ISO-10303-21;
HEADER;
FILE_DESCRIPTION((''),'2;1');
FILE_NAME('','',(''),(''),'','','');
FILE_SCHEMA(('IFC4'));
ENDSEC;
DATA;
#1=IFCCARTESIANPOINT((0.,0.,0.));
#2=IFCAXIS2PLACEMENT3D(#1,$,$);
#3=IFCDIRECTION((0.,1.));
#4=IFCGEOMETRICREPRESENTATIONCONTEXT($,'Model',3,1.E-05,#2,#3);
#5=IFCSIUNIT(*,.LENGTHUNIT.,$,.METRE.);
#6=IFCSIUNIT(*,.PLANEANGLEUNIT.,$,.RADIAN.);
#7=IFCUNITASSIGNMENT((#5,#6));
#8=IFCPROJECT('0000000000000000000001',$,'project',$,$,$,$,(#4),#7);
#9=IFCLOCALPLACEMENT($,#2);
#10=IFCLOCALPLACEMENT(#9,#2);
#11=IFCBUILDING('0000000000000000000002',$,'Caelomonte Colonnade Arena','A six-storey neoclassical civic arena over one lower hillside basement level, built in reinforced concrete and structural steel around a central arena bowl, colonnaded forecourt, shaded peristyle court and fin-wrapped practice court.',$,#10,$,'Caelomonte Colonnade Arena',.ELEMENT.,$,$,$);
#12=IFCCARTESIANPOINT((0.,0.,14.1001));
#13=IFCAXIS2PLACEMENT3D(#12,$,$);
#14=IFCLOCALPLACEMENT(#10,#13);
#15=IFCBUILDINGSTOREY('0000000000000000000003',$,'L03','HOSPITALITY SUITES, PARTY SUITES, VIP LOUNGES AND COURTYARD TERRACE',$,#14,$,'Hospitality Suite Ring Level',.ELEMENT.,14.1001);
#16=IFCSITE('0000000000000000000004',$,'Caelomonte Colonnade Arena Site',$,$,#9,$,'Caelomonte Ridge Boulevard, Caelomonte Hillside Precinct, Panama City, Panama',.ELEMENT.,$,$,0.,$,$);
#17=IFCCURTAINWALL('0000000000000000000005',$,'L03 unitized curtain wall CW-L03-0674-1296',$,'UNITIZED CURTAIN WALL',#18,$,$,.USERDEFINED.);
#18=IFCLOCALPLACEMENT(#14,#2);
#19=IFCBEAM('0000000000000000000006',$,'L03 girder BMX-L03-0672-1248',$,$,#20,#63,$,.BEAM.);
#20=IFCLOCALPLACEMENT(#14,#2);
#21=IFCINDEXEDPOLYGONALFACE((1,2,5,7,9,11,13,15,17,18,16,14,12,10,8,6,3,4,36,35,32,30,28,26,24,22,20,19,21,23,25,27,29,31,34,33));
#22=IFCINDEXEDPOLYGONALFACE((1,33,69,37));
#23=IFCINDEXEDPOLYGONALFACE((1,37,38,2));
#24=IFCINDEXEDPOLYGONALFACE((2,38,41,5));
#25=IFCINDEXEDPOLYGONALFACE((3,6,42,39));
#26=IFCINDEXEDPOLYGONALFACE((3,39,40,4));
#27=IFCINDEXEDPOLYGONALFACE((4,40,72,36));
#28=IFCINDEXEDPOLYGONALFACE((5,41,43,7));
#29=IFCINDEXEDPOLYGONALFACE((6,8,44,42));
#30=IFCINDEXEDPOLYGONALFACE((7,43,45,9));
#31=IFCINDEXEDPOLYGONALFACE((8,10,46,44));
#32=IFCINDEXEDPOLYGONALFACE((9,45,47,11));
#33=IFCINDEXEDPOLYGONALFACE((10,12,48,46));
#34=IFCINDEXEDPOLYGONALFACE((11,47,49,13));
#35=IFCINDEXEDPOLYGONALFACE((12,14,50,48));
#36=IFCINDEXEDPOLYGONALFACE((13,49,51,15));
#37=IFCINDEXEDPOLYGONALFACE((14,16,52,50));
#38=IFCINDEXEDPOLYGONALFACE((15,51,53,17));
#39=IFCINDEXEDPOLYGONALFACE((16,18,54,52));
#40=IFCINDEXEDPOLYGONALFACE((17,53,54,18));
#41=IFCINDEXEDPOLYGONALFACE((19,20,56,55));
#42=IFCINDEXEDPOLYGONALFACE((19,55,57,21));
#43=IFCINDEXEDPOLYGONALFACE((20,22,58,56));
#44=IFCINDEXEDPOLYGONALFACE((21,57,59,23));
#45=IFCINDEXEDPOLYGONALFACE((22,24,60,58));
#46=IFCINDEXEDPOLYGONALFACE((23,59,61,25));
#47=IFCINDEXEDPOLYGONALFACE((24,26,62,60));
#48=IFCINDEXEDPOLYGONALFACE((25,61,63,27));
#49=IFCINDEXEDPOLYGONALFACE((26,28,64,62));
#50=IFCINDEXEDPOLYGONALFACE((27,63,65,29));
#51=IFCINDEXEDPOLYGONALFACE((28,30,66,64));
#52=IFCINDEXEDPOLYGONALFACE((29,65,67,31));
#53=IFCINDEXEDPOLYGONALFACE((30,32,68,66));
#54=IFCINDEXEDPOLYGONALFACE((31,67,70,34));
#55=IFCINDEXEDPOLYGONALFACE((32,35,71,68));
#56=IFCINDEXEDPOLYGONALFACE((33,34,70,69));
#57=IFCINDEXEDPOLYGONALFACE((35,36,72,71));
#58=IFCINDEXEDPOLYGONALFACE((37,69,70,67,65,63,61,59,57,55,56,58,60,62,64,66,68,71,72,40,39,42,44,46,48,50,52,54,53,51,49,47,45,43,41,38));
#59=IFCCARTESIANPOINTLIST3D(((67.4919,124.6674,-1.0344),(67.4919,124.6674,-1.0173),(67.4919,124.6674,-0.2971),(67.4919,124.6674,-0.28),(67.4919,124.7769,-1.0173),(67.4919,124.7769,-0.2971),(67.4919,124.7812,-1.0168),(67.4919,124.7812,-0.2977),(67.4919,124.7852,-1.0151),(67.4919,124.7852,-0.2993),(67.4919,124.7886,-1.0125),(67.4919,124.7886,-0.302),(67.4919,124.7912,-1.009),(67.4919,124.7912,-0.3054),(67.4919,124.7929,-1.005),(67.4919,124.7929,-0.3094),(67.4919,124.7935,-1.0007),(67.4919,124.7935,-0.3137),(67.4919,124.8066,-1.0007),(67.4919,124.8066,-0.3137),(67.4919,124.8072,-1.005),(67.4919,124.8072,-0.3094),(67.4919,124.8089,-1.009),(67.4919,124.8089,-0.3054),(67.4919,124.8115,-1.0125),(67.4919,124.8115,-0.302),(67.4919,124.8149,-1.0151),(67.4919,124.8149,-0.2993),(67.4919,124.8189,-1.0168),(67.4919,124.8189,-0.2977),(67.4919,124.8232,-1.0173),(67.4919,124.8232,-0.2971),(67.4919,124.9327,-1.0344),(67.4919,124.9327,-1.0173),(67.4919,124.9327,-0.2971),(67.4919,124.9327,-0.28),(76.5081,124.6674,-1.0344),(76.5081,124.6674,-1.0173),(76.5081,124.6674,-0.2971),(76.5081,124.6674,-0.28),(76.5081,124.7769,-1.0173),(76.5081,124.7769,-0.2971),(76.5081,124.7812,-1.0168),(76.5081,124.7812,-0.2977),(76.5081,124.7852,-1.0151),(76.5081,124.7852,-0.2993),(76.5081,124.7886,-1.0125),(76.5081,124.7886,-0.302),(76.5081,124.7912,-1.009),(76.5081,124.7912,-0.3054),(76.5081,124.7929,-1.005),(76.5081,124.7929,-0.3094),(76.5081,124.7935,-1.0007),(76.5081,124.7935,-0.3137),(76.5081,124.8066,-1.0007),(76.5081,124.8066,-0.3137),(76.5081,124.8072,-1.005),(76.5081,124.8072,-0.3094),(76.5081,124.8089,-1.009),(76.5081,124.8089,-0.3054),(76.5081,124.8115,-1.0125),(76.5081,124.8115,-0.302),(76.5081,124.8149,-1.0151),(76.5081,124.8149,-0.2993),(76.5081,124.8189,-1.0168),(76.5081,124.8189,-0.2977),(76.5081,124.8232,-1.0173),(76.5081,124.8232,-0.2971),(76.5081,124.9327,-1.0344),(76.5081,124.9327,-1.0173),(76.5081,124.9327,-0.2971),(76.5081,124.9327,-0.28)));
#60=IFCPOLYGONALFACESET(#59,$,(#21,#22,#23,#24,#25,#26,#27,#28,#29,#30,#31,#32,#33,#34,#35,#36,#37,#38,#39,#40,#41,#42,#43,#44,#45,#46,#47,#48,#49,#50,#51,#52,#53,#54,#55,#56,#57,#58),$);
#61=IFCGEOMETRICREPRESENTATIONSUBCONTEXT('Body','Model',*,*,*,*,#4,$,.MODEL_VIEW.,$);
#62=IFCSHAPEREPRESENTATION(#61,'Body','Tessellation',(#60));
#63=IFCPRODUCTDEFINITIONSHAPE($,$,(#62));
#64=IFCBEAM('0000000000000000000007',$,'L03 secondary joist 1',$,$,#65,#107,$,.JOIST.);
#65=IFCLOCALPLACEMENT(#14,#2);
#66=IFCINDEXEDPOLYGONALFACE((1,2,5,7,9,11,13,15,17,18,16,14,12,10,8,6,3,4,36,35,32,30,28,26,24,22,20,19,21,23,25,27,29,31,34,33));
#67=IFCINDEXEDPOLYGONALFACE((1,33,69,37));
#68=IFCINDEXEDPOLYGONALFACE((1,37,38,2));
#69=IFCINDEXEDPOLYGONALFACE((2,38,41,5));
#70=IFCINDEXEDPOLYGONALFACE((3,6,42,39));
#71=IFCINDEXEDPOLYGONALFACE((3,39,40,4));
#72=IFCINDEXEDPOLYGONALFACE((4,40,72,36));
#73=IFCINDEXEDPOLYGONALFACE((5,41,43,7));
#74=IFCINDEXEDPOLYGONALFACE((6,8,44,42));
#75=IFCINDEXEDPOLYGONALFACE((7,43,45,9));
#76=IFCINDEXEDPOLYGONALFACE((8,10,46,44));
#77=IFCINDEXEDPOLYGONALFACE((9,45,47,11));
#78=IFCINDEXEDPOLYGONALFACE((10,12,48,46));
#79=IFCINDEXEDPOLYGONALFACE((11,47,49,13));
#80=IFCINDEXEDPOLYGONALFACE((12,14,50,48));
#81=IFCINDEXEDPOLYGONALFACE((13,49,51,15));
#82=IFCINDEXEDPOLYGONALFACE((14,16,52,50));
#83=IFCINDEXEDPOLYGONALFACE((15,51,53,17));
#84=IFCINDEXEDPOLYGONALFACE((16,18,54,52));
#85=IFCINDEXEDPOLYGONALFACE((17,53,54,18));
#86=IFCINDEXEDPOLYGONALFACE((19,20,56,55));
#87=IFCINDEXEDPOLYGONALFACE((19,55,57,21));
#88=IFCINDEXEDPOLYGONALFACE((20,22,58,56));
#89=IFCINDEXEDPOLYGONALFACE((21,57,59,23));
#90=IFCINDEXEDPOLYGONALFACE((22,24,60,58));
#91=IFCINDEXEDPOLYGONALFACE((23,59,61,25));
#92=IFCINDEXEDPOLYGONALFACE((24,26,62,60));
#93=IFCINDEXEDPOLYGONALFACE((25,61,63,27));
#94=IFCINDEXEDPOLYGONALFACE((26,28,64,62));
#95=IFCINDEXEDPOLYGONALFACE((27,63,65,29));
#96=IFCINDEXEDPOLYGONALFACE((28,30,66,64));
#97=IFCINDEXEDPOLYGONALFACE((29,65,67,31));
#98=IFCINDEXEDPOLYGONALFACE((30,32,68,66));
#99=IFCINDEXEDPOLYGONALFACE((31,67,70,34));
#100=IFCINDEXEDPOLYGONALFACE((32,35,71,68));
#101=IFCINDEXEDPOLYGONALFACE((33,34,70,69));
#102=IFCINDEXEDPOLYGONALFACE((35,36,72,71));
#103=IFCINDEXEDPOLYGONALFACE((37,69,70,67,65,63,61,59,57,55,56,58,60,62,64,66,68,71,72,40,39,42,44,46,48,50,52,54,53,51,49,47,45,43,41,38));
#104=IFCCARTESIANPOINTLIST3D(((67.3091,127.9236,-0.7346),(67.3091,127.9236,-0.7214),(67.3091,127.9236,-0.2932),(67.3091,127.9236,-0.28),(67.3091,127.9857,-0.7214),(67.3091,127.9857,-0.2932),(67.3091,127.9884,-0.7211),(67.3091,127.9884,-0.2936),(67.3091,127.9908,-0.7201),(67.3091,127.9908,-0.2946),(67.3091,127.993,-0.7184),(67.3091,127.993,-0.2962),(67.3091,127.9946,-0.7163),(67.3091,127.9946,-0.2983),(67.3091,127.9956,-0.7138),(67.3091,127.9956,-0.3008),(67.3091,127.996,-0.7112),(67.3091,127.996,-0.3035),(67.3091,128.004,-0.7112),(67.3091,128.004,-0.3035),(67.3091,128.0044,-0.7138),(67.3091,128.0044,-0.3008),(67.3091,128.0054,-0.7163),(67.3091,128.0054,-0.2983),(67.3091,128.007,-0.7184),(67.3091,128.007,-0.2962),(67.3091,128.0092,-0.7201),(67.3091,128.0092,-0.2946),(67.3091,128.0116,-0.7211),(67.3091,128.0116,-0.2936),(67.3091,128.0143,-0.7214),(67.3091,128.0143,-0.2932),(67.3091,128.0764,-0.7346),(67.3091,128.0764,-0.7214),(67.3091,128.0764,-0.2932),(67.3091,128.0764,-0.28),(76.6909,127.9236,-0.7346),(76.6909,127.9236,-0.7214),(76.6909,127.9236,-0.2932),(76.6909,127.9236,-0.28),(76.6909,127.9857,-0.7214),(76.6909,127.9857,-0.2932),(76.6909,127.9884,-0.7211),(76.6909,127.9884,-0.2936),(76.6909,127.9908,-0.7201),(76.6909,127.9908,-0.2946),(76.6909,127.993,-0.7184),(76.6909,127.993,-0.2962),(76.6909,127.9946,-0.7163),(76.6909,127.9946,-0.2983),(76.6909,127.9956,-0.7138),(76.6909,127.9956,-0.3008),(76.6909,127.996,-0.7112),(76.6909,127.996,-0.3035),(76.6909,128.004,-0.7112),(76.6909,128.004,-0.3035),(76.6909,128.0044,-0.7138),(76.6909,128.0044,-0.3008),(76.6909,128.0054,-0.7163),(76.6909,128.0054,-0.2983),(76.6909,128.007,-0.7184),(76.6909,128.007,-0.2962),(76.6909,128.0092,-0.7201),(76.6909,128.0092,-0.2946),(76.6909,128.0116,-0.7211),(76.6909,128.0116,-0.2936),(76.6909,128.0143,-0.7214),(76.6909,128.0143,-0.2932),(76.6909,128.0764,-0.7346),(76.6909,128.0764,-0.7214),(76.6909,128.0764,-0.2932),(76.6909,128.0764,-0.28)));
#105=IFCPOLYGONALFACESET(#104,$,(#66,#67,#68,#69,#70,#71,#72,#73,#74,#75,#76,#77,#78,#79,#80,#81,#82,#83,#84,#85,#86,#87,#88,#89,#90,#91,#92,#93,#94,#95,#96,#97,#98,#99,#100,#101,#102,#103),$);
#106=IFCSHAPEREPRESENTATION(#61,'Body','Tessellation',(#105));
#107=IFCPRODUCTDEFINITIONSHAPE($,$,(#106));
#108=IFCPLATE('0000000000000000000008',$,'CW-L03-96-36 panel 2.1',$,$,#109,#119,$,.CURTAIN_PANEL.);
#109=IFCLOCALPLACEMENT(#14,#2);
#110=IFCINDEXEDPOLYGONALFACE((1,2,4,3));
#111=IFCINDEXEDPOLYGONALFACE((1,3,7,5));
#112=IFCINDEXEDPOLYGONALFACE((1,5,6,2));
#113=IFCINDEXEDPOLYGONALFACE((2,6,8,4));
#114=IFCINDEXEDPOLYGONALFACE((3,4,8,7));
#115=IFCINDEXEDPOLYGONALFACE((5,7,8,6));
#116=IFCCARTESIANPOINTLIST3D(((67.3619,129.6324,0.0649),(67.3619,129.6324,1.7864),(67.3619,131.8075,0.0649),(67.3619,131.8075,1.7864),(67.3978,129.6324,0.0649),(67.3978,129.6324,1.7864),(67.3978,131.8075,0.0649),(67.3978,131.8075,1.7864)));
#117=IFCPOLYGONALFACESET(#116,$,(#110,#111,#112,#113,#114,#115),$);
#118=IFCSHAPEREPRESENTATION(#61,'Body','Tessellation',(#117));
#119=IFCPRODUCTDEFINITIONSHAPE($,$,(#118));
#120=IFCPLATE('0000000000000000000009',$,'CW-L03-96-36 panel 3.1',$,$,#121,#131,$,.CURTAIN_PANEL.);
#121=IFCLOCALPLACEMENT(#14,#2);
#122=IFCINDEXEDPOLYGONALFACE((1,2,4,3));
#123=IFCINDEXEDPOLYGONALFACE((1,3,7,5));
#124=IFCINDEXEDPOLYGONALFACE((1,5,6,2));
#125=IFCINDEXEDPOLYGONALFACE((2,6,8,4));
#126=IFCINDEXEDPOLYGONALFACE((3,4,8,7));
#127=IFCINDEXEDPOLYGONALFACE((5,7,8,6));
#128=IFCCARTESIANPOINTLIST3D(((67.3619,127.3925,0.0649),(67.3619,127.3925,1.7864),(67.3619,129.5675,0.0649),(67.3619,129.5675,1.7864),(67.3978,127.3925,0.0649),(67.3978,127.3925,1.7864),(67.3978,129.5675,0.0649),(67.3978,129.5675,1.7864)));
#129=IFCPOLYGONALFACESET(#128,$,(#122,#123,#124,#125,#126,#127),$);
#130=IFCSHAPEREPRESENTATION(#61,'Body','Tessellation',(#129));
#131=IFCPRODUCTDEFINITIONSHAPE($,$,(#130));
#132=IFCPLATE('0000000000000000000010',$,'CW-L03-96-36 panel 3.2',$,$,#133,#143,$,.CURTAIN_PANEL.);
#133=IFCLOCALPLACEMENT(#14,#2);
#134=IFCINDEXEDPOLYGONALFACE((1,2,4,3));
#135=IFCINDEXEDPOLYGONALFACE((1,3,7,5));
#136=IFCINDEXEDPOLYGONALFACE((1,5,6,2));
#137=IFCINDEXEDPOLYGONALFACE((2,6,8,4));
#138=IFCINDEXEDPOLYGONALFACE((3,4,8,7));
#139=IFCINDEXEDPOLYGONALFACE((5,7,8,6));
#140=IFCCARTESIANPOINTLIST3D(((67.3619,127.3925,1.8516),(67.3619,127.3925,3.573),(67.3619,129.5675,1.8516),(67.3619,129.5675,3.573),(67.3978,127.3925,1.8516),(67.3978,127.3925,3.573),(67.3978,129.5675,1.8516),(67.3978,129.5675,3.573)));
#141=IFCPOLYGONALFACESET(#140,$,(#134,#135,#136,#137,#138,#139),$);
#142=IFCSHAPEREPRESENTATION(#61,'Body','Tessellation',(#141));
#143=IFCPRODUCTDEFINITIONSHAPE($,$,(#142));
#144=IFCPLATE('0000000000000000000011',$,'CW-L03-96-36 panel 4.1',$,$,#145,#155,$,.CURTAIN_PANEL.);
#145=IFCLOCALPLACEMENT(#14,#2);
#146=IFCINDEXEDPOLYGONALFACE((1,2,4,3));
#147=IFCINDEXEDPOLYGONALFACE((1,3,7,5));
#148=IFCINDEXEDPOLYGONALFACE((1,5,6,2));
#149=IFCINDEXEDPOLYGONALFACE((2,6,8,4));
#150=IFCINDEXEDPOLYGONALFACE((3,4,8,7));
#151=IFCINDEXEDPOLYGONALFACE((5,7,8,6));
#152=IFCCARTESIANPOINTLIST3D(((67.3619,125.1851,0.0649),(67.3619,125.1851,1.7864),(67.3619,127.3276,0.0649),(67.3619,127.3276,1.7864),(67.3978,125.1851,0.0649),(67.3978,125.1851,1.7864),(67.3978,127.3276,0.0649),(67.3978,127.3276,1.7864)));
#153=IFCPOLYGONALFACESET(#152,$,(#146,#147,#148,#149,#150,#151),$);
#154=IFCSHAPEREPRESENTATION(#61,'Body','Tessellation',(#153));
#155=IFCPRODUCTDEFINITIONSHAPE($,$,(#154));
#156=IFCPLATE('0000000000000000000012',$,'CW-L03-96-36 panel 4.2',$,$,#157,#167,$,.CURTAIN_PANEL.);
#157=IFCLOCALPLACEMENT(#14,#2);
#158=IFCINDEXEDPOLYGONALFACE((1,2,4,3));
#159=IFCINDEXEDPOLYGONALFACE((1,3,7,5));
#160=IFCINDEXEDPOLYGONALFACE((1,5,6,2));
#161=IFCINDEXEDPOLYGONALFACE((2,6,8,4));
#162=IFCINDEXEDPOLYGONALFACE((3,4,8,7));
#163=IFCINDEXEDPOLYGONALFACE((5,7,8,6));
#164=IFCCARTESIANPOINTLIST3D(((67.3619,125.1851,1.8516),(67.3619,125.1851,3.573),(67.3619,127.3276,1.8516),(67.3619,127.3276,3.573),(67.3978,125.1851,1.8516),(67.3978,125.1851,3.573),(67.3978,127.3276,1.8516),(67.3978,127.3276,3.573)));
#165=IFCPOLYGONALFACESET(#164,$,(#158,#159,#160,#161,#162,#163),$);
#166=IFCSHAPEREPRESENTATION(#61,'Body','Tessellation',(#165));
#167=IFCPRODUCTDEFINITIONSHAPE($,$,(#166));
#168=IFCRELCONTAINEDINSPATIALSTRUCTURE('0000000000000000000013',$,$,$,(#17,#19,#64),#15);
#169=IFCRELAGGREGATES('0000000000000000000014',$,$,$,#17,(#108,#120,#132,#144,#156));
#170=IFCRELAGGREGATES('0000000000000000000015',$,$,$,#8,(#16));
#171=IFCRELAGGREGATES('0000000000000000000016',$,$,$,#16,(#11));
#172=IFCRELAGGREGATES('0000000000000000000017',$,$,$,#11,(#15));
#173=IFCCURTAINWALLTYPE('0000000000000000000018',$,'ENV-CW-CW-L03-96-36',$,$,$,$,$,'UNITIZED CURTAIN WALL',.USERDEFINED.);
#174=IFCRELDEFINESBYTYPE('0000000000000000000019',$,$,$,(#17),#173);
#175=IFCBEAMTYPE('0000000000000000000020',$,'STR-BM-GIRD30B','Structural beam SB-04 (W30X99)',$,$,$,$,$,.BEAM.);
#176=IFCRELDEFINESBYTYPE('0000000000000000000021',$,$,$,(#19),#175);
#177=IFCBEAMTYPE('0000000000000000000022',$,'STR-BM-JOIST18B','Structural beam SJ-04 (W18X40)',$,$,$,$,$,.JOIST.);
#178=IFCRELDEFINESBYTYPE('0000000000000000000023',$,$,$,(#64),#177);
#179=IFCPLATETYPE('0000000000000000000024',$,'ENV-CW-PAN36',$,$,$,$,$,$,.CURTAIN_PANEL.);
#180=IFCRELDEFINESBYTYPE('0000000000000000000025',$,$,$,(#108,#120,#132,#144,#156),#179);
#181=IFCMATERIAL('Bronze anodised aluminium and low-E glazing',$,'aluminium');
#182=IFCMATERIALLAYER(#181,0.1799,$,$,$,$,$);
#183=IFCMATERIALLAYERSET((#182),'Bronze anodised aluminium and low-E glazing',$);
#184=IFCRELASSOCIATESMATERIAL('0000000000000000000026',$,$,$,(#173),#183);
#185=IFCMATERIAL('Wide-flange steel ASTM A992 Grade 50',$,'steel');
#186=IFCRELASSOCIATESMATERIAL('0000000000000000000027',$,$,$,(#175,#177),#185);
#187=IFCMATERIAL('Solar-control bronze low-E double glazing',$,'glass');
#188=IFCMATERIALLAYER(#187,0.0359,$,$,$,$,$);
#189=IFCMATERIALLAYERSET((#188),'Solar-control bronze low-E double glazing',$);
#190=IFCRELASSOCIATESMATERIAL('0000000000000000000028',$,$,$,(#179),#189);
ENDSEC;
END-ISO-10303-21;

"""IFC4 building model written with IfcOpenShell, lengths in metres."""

from ifc_helpers import new_model, si_unit, direction, frame, origin, origin_2d, place, context, subcontext, project, spatial, rectangle, i_section, extrude, material, layer, layer_set, material_profile, profile_set, type_object, element, aggregate, save


model = new_model("IFC4")

# Units and contexts
model_context = context("Model", 3, precision=1e-05, world=origin(), true_north=direction((0.0, 1.0)))
body_context = subcontext(model_context, "Body", "Model", "MODEL_VIEW")
ifc_project = project(units=[si_unit("LENGTHUNIT", "METRE"), si_unit("PLANEANGLEUNIT", "RADIAN")], contexts=[model_context])

# Site, building, storey
site_placement = place(None, origin())
site = spatial("IfcSite", under=ifc_project, at=site_placement, Name="Caelomonte Colonnade Arena Site", LongName="Caelomonte Ridge Boulevard, Caelomonte Hillside Precinct, Panama City, Panama", CompositionType="ELEMENT", RefElevation=0.0)
building_placement = place(site_placement, origin())
building = spatial("IfcBuilding", under=site, at=building_placement, Name="Caelomonte Colonnade Arena", Description="A six-storey neoclassical civic arena over one lower hillside basement level, built in reinforced concrete and structural steel around a central arena bowl, colonnaded forecourt, shaded peristyle court and fin-wrapped practice court.", LongName="Caelomonte Colonnade Arena", CompositionType="ELEMENT")
storey_placement = place(building_placement, frame((0.0, 0.0, 14.1001)))
storey = spatial("IfcBuildingStorey", under=building, at=storey_placement, Name="L03", Description="HOSPITALITY SUITES, PARTY SUITES, VIP LOUNGES AND COURTYARD TERRACE", LongName="Hospitality Suite Ring Level", CompositionType="ELEMENT", Elevation=14.1001)

# Curtain wall
ifc_material_1 = material(Name="Bronze anodised aluminium and low-E glazing", Category="aluminium")
ifc_layer_1 = layer(ifc_material_1, 0.1799)
ifc_layer_set_1 = layer_set([ifc_layer_1], Name="Bronze anodised aluminium and low-E glazing")
curtain_wall_type = type_object("IfcCurtainWallType", Name="ENV-CW-CW-L03-96-36", ElementType="UNITIZED CURTAIN WALL", PredefinedType="USERDEFINED", material=ifc_layer_set_1)
curtain_wall_placement = place(storey_placement, origin())
curtain_wall = element("IfcCurtainWall", 1, at=curtain_wall_placement, inside=storey, type_object=curtain_wall_type, Name="L03 unitized curtain wall CW-L03-0674-1296", ObjectType="UNITIZED CURTAIN WALL", PredefinedType="USERDEFINED")

# Beams
ifc_material_2 = material(Name="Wide-flange steel ASTM A992 Grade 50", Category="steel")
ifc_material_profile_1 = material_profile(ifc_material_2, i_section(OverallWidth=0.2654, OverallDepth=0.7544, WebThickness=0.0132, FlangeThickness=0.0171, FilletRadius=0.0166, at=origin_2d()), Name="W30X99")
ifc_profile_set_1 = profile_set([ifc_material_profile_1], Name="Wide-flange steel ASTM A992 Grade 50")
beam_type_1 = type_object("IfcBeamType", Name="STR-BM-GIRD30B", Description="Structural beam SB-04 (W30X99)", PredefinedType="BEAM", material=ifc_profile_set_1)
beam_1_placement = place(storey_placement, frame((67.4919, 124.8, -0.6572), z_axis=(1.0, 0.0, 0.0), x_axis=(0.0, 1.0, 0.0)))
element("IfcBeam", 2, at=beam_1_placement, inside=storey, type_object=beam_type_1, Name="L03 girder BMX-L03-0672-1248", PredefinedType="BEAM", context=body_context, shape_type="SweptSolid", body=[
    extrude(i_section(OverallWidth=0.2654, OverallDepth=0.7544, WebThickness=0.0132, FlangeThickness=0.0171, FilletRadius=0.0166, at=origin_2d()), origin(), (0.0, 0.0, 1.0), 9.0161),
])
ifc_material_profile_2 = material_profile(ifc_material_2, i_section(OverallWidth=0.1528, OverallDepth=0.4546, WebThickness=0.0081, FlangeThickness=0.0132, FilletRadius=0.0103, at=origin_2d()), Name="W18X40")
ifc_profile_set_2 = profile_set([ifc_material_profile_2], Name="Wide-flange steel ASTM A992 Grade 50")
beam_type_2 = type_object("IfcBeamType", Name="STR-BM-JOIST18B", Description="Structural beam SJ-04 (W18X40)", PredefinedType="JOIST", material=ifc_profile_set_2)
beam_2_placement = place(storey_placement, frame((67.3091, 128.0, -0.5073), z_axis=(1.0, 0.0, 0.0), x_axis=(0.0, 1.0, 0.0)))
element("IfcBeam", 3, at=beam_2_placement, inside=storey, type_object=beam_type_2, Name="L03 secondary joist 1", PredefinedType="JOIST", context=body_context, shape_type="SweptSolid", body=[
    extrude(i_section(OverallWidth=0.1528, OverallDepth=0.4546, WebThickness=0.0081, FlangeThickness=0.0132, FilletRadius=0.0103, at=origin_2d()), origin(), (0.0, 0.0, 1.0), 9.3818),
])

# Plates
ifc_material_3 = material(Name="Solar-control bronze low-E double glazing", Category="glass")
ifc_layer_2 = layer(ifc_material_3, 0.0359)
ifc_layer_set_2 = layer_set([ifc_layer_2], Name="Solar-control bronze low-E double glazing")
plate_type = type_object("IfcPlateType", Name="ENV-CW-PAN36", PredefinedType="CURTAIN_PANEL", material=ifc_layer_set_2)
plate_1_placement = place(storey_placement, frame((67.3799, 130.72, 0.0649), z_axis=(0.0, 0.0, 1.0), x_axis=(0.0, -1.0, 0.0)))
plate_1 = element("IfcPlate", 4, at=plate_1_placement, type_object=plate_type, Name="CW-L03-96-36 panel 2.1", PredefinedType="CURTAIN_PANEL", context=body_context, shape_type="SweptSolid", body=[
    extrude(rectangle(XDim=2.175, YDim=0.0359, at=origin_2d()), origin(), (0.0, 0.0, 1.0), 1.7214),
])
plate_2_placement = place(storey_placement, frame((67.3799, 128.48, 0.0649), z_axis=(0.0, 0.0, 1.0), x_axis=(0.0, -1.0, 0.0)))
plate_2 = element("IfcPlate", 5, at=plate_2_placement, type_object=plate_type, Name="CW-L03-96-36 panel 3.1", PredefinedType="CURTAIN_PANEL", context=body_context, shape_type="SweptSolid", body=[
    extrude(rectangle(XDim=2.175, YDim=0.0359, at=origin_2d()), origin(), (0.0, 0.0, 1.0), 1.7214),
])
plate_3_placement = place(storey_placement, frame((67.3799, 128.48, 1.8516), z_axis=(0.0, 0.0, 1.0), x_axis=(0.0, -1.0, 0.0)))
plate_3 = element("IfcPlate", 6, at=plate_3_placement, type_object=plate_type, Name="CW-L03-96-36 panel 3.2", PredefinedType="CURTAIN_PANEL", context=body_context, shape_type="SweptSolid", body=[
    extrude(rectangle(XDim=2.175, YDim=0.0359, at=origin_2d()), origin(), (0.0, 0.0, 1.0), 1.7214),
])
plate_4_placement = place(storey_placement, frame((67.3799, 126.2563, 0.0649), z_axis=(0.0, 0.0, 1.0), x_axis=(0.0, -1.0, 0.0)))
plate_4 = element("IfcPlate", 7, at=plate_4_placement, type_object=plate_type, Name="CW-L03-96-36 panel 4.1", PredefinedType="CURTAIN_PANEL", context=body_context, shape_type="SweptSolid", body=[
    extrude(rectangle(XDim=2.1426, YDim=0.0359, at=origin_2d()), origin(), (0.0, 0.0, 1.0), 1.7214),
])
plate_5_placement = place(storey_placement, frame((67.3799, 126.2563, 1.8516), z_axis=(0.0, 0.0, 1.0), x_axis=(0.0, -1.0, 0.0)))
plate_5 = element("IfcPlate", 8, at=plate_5_placement, type_object=plate_type, Name="CW-L03-96-36 panel 4.2", PredefinedType="CURTAIN_PANEL", context=body_context, shape_type="SweptSolid", body=[
    extrude(rectangle(XDim=2.1426, YDim=0.0359, at=origin_2d()), origin(), (0.0, 0.0, 1.0), 1.7214),
])
aggregate(curtain_wall, [plate_1, plate_2, plate_3, plate_4, plate_5])

save(model, "model.ifc")
